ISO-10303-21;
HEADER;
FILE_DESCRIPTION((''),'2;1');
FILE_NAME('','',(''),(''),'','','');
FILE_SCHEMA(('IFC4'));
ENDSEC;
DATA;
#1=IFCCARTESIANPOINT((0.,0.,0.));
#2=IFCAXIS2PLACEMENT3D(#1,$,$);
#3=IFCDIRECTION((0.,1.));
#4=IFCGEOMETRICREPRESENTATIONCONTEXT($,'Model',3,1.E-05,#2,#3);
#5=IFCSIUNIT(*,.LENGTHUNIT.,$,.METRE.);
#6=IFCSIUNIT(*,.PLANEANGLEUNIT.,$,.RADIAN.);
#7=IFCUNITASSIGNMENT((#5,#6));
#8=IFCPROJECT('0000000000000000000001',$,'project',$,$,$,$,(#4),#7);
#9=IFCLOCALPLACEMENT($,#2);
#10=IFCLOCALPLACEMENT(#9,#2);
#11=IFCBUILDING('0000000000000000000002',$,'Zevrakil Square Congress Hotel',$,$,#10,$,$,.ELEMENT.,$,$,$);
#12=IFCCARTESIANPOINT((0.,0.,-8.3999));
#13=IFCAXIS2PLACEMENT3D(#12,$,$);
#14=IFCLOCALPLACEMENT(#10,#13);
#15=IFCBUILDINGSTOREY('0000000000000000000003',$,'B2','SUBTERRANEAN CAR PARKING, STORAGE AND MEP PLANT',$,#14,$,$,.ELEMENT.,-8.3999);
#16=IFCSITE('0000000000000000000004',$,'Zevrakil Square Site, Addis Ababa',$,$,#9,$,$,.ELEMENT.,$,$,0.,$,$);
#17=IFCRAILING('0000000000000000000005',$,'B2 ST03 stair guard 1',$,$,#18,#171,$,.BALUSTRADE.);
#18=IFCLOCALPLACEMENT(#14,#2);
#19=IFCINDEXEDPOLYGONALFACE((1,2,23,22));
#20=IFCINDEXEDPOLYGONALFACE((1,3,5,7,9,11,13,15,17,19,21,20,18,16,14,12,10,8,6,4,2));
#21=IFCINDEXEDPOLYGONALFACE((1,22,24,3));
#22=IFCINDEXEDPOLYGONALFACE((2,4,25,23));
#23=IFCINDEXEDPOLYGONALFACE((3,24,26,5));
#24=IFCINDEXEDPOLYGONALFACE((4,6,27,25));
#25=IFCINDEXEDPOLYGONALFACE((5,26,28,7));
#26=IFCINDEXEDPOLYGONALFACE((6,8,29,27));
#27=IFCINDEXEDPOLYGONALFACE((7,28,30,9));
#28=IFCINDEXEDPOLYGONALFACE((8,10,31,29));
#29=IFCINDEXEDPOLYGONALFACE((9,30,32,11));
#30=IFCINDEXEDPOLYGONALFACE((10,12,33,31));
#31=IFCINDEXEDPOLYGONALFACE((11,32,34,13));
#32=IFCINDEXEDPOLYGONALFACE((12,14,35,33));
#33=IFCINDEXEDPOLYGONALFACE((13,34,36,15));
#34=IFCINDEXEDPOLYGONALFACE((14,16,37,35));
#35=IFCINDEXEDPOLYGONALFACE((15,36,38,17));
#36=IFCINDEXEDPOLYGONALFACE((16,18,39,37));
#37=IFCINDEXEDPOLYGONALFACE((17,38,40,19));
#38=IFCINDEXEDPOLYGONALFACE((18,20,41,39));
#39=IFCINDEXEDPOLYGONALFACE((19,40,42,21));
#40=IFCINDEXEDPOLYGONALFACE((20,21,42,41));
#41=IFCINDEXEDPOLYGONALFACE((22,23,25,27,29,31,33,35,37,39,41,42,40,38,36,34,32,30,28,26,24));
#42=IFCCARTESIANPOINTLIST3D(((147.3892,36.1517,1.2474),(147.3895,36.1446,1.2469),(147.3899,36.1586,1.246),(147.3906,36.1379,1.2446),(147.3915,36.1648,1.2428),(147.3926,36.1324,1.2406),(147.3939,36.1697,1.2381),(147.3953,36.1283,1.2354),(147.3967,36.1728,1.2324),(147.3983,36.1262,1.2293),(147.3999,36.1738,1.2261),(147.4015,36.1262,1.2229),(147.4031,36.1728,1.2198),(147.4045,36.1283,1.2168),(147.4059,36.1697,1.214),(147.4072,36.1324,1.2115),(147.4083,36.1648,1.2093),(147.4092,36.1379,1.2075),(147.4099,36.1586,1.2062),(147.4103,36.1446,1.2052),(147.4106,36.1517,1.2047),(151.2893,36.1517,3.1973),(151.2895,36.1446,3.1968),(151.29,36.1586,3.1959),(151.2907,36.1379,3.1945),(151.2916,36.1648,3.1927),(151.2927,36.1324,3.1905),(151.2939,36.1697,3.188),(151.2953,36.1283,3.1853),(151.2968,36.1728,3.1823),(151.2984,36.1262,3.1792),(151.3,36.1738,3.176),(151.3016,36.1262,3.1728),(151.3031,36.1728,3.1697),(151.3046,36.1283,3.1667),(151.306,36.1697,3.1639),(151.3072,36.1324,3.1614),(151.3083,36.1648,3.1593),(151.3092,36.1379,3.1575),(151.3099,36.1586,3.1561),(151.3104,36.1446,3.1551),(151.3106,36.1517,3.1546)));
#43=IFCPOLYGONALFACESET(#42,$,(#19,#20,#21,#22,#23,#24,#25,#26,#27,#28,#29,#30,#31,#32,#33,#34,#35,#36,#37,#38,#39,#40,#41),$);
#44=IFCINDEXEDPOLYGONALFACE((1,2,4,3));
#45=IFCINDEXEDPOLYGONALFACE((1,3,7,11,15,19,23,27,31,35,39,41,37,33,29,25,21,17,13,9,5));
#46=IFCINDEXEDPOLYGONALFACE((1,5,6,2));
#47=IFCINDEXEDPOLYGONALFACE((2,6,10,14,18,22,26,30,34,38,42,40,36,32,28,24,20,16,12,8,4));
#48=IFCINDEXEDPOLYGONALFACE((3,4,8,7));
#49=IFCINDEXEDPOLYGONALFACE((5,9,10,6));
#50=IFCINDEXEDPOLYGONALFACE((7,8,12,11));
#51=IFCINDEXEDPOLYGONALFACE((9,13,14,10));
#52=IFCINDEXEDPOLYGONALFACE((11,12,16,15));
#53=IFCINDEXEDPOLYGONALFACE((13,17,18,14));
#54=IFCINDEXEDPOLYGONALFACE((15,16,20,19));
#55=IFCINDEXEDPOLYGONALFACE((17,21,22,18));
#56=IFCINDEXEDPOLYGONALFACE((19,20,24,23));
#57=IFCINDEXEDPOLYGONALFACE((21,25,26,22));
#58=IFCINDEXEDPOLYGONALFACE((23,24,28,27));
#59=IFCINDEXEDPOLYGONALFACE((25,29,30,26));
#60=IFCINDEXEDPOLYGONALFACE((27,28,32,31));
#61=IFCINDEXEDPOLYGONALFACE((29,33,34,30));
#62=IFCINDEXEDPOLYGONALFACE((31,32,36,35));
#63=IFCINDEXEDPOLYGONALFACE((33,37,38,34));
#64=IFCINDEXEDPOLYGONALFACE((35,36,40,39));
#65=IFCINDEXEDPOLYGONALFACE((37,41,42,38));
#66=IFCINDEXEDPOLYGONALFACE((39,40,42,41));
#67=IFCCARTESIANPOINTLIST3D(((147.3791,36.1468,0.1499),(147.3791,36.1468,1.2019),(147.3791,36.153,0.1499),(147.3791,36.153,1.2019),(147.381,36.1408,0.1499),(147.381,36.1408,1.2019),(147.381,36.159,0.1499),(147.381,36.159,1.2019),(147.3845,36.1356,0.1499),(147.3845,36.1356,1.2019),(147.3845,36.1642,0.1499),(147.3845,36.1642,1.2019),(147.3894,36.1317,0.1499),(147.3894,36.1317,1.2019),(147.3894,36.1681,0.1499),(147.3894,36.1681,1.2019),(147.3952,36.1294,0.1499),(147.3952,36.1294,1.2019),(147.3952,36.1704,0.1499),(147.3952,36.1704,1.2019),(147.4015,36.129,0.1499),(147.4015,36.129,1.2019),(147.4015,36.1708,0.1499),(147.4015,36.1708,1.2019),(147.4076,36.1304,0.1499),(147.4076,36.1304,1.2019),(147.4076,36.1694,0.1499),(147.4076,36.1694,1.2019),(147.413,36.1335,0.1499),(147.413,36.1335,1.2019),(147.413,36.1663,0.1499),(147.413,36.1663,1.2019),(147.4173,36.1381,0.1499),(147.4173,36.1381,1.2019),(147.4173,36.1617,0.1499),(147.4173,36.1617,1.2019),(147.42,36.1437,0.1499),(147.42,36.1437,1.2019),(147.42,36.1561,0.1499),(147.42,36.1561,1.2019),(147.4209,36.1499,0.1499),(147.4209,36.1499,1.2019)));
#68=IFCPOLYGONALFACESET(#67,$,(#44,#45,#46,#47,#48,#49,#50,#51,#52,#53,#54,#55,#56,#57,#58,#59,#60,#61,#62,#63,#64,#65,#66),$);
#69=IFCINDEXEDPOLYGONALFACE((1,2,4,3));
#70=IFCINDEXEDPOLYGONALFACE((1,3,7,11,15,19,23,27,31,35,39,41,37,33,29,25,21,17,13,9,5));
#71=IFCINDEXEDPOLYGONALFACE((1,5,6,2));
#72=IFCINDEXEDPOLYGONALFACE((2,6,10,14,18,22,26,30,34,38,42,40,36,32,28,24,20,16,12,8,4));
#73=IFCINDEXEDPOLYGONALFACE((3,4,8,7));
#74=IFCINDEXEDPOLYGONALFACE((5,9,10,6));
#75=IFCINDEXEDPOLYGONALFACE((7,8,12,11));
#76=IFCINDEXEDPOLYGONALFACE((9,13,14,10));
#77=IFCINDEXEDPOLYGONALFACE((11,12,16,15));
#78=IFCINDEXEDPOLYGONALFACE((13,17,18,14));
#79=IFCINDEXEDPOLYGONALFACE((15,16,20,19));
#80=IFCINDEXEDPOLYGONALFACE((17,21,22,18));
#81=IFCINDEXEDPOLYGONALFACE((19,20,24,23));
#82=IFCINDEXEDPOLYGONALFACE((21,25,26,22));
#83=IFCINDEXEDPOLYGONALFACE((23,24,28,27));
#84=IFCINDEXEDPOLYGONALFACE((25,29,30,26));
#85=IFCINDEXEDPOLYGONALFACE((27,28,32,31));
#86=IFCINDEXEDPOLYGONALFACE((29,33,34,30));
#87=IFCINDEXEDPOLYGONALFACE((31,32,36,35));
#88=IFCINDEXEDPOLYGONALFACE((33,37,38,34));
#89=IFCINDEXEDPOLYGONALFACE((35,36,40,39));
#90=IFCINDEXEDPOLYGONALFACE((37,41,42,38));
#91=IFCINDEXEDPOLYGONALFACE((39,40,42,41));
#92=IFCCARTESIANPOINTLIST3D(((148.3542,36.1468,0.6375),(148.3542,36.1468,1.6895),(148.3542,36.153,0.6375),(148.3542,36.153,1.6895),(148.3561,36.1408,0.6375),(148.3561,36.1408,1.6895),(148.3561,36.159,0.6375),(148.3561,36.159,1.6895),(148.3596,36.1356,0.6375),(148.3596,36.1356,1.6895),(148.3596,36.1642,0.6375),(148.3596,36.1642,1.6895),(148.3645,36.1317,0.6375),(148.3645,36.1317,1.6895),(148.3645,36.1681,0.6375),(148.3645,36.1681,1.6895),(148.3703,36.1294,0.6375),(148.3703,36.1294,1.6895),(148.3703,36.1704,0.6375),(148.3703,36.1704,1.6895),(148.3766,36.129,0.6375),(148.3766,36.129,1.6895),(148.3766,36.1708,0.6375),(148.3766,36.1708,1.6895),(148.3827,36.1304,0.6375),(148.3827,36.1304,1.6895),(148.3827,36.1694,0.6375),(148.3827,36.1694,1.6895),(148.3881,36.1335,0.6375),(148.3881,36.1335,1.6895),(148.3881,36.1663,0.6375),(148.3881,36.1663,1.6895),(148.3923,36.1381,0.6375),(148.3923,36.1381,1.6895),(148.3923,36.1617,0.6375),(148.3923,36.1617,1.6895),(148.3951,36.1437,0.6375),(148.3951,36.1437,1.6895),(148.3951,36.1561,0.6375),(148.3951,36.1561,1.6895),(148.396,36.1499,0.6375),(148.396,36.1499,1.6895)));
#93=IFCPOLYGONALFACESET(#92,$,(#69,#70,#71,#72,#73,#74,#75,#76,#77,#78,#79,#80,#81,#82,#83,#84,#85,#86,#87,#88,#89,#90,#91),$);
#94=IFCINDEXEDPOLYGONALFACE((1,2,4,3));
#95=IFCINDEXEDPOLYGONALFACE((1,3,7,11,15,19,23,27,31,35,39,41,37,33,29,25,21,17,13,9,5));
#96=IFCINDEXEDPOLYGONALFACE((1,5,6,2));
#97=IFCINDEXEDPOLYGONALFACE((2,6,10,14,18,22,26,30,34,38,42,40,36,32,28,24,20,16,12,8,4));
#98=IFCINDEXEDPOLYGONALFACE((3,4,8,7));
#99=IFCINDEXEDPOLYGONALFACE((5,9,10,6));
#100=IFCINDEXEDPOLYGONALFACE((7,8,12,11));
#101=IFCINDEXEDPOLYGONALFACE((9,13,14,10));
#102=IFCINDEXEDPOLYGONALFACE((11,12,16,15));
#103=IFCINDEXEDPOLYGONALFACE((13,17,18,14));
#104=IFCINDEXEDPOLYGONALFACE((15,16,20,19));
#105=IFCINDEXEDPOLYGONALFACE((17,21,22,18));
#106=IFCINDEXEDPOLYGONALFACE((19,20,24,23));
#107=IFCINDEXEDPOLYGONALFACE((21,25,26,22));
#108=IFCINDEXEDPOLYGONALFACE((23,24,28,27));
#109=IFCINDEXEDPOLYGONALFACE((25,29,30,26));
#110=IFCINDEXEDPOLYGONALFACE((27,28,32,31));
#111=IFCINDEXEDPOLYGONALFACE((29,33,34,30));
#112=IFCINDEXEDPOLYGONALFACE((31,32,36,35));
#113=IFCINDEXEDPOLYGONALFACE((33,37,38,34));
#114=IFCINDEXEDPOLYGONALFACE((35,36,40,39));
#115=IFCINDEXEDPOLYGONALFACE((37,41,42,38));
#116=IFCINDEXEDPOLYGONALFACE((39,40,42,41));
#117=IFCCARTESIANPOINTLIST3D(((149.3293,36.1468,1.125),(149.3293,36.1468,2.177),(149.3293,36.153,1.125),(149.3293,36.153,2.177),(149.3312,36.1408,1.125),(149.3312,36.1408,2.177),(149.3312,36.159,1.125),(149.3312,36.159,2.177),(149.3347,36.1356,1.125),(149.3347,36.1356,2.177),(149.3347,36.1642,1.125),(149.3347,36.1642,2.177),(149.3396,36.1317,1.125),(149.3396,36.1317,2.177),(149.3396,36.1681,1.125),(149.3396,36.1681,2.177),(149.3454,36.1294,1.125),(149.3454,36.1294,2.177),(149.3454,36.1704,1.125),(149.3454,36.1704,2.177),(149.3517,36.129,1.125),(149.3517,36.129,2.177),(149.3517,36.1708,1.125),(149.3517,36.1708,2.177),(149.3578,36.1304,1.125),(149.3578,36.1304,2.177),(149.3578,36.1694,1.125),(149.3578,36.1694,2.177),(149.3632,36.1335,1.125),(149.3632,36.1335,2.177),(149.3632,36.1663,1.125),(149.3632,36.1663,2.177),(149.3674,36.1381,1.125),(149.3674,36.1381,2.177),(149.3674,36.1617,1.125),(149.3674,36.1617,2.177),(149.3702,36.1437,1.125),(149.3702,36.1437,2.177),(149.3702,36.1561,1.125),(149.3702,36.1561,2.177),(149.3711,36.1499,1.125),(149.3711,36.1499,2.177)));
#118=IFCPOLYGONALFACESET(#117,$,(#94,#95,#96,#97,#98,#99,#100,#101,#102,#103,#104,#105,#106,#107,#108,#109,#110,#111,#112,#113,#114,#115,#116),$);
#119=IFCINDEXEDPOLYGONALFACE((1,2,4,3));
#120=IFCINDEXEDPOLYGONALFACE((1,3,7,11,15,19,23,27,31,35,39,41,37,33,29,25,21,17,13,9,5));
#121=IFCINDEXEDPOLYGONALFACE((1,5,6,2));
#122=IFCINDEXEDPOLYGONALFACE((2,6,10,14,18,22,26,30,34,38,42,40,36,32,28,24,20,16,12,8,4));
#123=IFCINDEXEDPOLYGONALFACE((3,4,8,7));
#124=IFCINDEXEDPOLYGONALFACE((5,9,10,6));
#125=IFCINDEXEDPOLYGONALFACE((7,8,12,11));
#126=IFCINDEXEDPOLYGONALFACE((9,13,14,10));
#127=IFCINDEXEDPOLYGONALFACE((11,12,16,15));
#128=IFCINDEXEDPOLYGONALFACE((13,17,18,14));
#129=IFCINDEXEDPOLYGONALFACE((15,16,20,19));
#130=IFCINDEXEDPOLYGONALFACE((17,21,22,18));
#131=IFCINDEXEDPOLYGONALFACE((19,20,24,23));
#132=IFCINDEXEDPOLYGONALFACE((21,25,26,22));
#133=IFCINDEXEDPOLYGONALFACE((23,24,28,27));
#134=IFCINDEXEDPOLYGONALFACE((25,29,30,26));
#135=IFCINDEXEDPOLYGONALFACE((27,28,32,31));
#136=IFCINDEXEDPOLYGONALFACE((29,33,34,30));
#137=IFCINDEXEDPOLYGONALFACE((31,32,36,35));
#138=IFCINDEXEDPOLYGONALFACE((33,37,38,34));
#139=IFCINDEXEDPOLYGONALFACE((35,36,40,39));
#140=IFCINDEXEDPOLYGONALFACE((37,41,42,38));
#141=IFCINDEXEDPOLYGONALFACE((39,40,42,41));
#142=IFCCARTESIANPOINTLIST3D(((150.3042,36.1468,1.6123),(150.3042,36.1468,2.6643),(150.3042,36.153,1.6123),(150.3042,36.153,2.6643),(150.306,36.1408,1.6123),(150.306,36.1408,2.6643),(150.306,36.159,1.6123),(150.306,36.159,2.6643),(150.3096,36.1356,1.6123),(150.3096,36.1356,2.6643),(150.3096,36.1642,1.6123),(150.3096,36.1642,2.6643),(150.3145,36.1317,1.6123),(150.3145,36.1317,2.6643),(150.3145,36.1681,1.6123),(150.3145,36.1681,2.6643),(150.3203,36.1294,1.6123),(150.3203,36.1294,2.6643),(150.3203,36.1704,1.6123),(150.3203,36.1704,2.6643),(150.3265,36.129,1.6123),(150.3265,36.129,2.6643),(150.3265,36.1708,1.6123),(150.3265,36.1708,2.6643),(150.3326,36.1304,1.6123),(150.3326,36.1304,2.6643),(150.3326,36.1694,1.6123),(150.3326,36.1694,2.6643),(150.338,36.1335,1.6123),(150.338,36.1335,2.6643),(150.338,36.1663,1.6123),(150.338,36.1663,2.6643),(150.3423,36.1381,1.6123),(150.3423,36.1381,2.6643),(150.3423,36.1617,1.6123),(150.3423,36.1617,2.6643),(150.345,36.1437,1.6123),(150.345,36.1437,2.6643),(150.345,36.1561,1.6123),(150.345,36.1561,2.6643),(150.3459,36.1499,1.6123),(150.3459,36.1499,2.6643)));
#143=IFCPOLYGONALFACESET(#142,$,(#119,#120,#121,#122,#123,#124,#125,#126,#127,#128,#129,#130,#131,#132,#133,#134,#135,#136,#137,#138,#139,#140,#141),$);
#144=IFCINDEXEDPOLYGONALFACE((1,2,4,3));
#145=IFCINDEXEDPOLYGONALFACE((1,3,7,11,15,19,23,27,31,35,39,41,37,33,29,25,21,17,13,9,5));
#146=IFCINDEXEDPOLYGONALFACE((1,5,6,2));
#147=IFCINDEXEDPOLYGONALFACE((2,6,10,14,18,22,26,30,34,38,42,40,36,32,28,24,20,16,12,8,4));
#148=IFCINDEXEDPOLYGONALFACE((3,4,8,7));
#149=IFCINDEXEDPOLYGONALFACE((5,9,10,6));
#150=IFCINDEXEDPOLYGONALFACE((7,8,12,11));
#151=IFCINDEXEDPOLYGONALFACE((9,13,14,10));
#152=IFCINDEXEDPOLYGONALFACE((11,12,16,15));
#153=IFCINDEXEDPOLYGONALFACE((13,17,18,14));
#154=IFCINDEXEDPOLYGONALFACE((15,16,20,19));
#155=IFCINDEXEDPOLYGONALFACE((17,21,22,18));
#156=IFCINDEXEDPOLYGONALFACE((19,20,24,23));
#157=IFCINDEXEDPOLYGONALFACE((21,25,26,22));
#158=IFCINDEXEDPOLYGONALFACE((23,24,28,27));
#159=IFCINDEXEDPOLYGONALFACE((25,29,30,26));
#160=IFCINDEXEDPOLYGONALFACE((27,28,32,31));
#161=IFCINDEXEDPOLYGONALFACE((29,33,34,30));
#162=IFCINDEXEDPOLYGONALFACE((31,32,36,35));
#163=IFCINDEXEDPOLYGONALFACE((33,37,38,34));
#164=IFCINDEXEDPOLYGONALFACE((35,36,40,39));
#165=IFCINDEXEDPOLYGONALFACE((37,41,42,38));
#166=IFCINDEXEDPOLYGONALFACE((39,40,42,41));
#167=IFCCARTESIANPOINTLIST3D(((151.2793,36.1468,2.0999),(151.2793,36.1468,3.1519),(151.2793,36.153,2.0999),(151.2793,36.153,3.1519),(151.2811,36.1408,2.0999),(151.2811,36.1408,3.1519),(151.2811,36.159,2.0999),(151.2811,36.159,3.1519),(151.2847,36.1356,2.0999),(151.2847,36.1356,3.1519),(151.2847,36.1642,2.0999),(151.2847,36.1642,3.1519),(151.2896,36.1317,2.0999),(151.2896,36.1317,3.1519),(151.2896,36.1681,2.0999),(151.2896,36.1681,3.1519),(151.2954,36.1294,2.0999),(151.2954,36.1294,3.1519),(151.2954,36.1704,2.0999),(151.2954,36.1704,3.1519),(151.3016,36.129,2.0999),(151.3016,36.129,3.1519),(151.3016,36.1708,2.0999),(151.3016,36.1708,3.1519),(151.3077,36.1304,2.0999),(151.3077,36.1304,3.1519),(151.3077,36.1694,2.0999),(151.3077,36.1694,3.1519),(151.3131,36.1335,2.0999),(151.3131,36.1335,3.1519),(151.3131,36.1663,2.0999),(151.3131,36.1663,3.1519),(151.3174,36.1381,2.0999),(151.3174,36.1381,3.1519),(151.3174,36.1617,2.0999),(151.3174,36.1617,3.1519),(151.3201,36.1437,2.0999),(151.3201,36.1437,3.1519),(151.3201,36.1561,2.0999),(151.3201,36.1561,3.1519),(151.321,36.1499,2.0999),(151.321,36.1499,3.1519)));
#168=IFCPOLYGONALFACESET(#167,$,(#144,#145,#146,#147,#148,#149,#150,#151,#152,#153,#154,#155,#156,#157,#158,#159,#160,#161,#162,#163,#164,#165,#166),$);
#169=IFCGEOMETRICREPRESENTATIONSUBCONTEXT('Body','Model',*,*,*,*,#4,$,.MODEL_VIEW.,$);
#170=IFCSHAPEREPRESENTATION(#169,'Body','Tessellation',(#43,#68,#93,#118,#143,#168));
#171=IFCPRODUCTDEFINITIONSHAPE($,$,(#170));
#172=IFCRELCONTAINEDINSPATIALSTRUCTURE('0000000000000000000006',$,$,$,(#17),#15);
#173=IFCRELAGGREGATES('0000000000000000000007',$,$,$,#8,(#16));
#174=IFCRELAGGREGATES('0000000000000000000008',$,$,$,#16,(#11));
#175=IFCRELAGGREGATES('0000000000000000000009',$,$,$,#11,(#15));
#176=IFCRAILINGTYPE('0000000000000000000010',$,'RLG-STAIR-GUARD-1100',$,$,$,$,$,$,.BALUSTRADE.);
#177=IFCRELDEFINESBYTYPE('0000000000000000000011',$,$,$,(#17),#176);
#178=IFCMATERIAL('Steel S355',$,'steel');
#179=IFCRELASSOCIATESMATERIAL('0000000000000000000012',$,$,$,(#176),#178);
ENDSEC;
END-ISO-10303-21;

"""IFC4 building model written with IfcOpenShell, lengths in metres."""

from ifc_helpers import new_model, si_unit, direction, frame, origin, origin_2d, place, context, subcontext, project, spatial, circle, extrude, material, type_object, element, save


model = new_model("IFC4")

# Units and contexts
model_context = context("Model", 3, precision=1e-05, world=origin(), true_north=direction((0.0, 1.0)))
body_context = subcontext(model_context, "Body", "Model", "MODEL_VIEW")
ifc_project = project(units=[si_unit("LENGTHUNIT", "METRE"), si_unit("PLANEANGLEUNIT", "RADIAN")], contexts=[model_context])

# Site, building, storey
site_placement = place(None, origin())
site = spatial("IfcSite", under=ifc_project, at=site_placement, Name="Zevrakil Square Site, Addis Ababa", CompositionType="ELEMENT", RefElevation=0.0)
building_placement = place(site_placement, origin())
building = spatial("IfcBuilding", under=site, at=building_placement, Name="Zevrakil Square Congress Hotel", CompositionType="ELEMENT")
storey_placement = place(building_placement, frame((0.0, 0.0, -8.3999)))
storey = spatial("IfcBuildingStorey", under=building, at=storey_placement, Name="B2", Description="SUBTERRANEAN CAR PARKING, STORAGE AND MEP PLANT", CompositionType="ELEMENT", Elevation=-8.3999)

# Railing
ifc_material_1 = material(Name="Steel S355", Category="steel")
railing_type_1 = type_object("IfcRailingType", Name="RLG-STAIR-GUARD-1100", PredefinedType="BALUSTRADE", material=ifc_material_1)
railing_1_placement = place(storey_placement, frame((147.3999, 36.1499, 0.1499)))
element("IfcRailing", 1, at=railing_1_placement, inside=storey, type_object=railing_type_1, Name="B2 ST03 stair guard 1", PredefinedType="BALUSTRADE", context=body_context, shape_type="SweptSolid", body=[
    extrude(circle(Radius=0.0239, at=origin_2d()), frame((0.0, 0.0, 1.0762), z_axis=(0.894438, 0.0, 0.447191), x_axis=(0.0, 1.0, 0.0)), (0.0, 0.0, 1.0), 4.3604),
    extrude(circle(Radius=0.021, at=origin_2d()), origin(), (0.0, 0.0, 1.0), 1.052),
    extrude(circle(Radius=0.021, at=origin_2d()), frame((0.9751, 0.0, 0.4875)), (0.0, 0.0, 1.0), 1.052),
    extrude(circle(Radius=0.021, at=origin_2d()), frame((1.9502, 0.0, 0.9751)), (0.0, 0.0, 1.0), 1.052),
    extrude(circle(Radius=0.021, at=origin_2d()), frame((2.925, 0.0, 1.4624)), (0.0, 0.0, 1.0), 1.052),
    extrude(circle(Radius=0.021, at=origin_2d()), frame((3.9001, 0.0, 1.95)), (0.0, 0.0, 1.0), 1.052),
])

save(model, "model.ifc")
